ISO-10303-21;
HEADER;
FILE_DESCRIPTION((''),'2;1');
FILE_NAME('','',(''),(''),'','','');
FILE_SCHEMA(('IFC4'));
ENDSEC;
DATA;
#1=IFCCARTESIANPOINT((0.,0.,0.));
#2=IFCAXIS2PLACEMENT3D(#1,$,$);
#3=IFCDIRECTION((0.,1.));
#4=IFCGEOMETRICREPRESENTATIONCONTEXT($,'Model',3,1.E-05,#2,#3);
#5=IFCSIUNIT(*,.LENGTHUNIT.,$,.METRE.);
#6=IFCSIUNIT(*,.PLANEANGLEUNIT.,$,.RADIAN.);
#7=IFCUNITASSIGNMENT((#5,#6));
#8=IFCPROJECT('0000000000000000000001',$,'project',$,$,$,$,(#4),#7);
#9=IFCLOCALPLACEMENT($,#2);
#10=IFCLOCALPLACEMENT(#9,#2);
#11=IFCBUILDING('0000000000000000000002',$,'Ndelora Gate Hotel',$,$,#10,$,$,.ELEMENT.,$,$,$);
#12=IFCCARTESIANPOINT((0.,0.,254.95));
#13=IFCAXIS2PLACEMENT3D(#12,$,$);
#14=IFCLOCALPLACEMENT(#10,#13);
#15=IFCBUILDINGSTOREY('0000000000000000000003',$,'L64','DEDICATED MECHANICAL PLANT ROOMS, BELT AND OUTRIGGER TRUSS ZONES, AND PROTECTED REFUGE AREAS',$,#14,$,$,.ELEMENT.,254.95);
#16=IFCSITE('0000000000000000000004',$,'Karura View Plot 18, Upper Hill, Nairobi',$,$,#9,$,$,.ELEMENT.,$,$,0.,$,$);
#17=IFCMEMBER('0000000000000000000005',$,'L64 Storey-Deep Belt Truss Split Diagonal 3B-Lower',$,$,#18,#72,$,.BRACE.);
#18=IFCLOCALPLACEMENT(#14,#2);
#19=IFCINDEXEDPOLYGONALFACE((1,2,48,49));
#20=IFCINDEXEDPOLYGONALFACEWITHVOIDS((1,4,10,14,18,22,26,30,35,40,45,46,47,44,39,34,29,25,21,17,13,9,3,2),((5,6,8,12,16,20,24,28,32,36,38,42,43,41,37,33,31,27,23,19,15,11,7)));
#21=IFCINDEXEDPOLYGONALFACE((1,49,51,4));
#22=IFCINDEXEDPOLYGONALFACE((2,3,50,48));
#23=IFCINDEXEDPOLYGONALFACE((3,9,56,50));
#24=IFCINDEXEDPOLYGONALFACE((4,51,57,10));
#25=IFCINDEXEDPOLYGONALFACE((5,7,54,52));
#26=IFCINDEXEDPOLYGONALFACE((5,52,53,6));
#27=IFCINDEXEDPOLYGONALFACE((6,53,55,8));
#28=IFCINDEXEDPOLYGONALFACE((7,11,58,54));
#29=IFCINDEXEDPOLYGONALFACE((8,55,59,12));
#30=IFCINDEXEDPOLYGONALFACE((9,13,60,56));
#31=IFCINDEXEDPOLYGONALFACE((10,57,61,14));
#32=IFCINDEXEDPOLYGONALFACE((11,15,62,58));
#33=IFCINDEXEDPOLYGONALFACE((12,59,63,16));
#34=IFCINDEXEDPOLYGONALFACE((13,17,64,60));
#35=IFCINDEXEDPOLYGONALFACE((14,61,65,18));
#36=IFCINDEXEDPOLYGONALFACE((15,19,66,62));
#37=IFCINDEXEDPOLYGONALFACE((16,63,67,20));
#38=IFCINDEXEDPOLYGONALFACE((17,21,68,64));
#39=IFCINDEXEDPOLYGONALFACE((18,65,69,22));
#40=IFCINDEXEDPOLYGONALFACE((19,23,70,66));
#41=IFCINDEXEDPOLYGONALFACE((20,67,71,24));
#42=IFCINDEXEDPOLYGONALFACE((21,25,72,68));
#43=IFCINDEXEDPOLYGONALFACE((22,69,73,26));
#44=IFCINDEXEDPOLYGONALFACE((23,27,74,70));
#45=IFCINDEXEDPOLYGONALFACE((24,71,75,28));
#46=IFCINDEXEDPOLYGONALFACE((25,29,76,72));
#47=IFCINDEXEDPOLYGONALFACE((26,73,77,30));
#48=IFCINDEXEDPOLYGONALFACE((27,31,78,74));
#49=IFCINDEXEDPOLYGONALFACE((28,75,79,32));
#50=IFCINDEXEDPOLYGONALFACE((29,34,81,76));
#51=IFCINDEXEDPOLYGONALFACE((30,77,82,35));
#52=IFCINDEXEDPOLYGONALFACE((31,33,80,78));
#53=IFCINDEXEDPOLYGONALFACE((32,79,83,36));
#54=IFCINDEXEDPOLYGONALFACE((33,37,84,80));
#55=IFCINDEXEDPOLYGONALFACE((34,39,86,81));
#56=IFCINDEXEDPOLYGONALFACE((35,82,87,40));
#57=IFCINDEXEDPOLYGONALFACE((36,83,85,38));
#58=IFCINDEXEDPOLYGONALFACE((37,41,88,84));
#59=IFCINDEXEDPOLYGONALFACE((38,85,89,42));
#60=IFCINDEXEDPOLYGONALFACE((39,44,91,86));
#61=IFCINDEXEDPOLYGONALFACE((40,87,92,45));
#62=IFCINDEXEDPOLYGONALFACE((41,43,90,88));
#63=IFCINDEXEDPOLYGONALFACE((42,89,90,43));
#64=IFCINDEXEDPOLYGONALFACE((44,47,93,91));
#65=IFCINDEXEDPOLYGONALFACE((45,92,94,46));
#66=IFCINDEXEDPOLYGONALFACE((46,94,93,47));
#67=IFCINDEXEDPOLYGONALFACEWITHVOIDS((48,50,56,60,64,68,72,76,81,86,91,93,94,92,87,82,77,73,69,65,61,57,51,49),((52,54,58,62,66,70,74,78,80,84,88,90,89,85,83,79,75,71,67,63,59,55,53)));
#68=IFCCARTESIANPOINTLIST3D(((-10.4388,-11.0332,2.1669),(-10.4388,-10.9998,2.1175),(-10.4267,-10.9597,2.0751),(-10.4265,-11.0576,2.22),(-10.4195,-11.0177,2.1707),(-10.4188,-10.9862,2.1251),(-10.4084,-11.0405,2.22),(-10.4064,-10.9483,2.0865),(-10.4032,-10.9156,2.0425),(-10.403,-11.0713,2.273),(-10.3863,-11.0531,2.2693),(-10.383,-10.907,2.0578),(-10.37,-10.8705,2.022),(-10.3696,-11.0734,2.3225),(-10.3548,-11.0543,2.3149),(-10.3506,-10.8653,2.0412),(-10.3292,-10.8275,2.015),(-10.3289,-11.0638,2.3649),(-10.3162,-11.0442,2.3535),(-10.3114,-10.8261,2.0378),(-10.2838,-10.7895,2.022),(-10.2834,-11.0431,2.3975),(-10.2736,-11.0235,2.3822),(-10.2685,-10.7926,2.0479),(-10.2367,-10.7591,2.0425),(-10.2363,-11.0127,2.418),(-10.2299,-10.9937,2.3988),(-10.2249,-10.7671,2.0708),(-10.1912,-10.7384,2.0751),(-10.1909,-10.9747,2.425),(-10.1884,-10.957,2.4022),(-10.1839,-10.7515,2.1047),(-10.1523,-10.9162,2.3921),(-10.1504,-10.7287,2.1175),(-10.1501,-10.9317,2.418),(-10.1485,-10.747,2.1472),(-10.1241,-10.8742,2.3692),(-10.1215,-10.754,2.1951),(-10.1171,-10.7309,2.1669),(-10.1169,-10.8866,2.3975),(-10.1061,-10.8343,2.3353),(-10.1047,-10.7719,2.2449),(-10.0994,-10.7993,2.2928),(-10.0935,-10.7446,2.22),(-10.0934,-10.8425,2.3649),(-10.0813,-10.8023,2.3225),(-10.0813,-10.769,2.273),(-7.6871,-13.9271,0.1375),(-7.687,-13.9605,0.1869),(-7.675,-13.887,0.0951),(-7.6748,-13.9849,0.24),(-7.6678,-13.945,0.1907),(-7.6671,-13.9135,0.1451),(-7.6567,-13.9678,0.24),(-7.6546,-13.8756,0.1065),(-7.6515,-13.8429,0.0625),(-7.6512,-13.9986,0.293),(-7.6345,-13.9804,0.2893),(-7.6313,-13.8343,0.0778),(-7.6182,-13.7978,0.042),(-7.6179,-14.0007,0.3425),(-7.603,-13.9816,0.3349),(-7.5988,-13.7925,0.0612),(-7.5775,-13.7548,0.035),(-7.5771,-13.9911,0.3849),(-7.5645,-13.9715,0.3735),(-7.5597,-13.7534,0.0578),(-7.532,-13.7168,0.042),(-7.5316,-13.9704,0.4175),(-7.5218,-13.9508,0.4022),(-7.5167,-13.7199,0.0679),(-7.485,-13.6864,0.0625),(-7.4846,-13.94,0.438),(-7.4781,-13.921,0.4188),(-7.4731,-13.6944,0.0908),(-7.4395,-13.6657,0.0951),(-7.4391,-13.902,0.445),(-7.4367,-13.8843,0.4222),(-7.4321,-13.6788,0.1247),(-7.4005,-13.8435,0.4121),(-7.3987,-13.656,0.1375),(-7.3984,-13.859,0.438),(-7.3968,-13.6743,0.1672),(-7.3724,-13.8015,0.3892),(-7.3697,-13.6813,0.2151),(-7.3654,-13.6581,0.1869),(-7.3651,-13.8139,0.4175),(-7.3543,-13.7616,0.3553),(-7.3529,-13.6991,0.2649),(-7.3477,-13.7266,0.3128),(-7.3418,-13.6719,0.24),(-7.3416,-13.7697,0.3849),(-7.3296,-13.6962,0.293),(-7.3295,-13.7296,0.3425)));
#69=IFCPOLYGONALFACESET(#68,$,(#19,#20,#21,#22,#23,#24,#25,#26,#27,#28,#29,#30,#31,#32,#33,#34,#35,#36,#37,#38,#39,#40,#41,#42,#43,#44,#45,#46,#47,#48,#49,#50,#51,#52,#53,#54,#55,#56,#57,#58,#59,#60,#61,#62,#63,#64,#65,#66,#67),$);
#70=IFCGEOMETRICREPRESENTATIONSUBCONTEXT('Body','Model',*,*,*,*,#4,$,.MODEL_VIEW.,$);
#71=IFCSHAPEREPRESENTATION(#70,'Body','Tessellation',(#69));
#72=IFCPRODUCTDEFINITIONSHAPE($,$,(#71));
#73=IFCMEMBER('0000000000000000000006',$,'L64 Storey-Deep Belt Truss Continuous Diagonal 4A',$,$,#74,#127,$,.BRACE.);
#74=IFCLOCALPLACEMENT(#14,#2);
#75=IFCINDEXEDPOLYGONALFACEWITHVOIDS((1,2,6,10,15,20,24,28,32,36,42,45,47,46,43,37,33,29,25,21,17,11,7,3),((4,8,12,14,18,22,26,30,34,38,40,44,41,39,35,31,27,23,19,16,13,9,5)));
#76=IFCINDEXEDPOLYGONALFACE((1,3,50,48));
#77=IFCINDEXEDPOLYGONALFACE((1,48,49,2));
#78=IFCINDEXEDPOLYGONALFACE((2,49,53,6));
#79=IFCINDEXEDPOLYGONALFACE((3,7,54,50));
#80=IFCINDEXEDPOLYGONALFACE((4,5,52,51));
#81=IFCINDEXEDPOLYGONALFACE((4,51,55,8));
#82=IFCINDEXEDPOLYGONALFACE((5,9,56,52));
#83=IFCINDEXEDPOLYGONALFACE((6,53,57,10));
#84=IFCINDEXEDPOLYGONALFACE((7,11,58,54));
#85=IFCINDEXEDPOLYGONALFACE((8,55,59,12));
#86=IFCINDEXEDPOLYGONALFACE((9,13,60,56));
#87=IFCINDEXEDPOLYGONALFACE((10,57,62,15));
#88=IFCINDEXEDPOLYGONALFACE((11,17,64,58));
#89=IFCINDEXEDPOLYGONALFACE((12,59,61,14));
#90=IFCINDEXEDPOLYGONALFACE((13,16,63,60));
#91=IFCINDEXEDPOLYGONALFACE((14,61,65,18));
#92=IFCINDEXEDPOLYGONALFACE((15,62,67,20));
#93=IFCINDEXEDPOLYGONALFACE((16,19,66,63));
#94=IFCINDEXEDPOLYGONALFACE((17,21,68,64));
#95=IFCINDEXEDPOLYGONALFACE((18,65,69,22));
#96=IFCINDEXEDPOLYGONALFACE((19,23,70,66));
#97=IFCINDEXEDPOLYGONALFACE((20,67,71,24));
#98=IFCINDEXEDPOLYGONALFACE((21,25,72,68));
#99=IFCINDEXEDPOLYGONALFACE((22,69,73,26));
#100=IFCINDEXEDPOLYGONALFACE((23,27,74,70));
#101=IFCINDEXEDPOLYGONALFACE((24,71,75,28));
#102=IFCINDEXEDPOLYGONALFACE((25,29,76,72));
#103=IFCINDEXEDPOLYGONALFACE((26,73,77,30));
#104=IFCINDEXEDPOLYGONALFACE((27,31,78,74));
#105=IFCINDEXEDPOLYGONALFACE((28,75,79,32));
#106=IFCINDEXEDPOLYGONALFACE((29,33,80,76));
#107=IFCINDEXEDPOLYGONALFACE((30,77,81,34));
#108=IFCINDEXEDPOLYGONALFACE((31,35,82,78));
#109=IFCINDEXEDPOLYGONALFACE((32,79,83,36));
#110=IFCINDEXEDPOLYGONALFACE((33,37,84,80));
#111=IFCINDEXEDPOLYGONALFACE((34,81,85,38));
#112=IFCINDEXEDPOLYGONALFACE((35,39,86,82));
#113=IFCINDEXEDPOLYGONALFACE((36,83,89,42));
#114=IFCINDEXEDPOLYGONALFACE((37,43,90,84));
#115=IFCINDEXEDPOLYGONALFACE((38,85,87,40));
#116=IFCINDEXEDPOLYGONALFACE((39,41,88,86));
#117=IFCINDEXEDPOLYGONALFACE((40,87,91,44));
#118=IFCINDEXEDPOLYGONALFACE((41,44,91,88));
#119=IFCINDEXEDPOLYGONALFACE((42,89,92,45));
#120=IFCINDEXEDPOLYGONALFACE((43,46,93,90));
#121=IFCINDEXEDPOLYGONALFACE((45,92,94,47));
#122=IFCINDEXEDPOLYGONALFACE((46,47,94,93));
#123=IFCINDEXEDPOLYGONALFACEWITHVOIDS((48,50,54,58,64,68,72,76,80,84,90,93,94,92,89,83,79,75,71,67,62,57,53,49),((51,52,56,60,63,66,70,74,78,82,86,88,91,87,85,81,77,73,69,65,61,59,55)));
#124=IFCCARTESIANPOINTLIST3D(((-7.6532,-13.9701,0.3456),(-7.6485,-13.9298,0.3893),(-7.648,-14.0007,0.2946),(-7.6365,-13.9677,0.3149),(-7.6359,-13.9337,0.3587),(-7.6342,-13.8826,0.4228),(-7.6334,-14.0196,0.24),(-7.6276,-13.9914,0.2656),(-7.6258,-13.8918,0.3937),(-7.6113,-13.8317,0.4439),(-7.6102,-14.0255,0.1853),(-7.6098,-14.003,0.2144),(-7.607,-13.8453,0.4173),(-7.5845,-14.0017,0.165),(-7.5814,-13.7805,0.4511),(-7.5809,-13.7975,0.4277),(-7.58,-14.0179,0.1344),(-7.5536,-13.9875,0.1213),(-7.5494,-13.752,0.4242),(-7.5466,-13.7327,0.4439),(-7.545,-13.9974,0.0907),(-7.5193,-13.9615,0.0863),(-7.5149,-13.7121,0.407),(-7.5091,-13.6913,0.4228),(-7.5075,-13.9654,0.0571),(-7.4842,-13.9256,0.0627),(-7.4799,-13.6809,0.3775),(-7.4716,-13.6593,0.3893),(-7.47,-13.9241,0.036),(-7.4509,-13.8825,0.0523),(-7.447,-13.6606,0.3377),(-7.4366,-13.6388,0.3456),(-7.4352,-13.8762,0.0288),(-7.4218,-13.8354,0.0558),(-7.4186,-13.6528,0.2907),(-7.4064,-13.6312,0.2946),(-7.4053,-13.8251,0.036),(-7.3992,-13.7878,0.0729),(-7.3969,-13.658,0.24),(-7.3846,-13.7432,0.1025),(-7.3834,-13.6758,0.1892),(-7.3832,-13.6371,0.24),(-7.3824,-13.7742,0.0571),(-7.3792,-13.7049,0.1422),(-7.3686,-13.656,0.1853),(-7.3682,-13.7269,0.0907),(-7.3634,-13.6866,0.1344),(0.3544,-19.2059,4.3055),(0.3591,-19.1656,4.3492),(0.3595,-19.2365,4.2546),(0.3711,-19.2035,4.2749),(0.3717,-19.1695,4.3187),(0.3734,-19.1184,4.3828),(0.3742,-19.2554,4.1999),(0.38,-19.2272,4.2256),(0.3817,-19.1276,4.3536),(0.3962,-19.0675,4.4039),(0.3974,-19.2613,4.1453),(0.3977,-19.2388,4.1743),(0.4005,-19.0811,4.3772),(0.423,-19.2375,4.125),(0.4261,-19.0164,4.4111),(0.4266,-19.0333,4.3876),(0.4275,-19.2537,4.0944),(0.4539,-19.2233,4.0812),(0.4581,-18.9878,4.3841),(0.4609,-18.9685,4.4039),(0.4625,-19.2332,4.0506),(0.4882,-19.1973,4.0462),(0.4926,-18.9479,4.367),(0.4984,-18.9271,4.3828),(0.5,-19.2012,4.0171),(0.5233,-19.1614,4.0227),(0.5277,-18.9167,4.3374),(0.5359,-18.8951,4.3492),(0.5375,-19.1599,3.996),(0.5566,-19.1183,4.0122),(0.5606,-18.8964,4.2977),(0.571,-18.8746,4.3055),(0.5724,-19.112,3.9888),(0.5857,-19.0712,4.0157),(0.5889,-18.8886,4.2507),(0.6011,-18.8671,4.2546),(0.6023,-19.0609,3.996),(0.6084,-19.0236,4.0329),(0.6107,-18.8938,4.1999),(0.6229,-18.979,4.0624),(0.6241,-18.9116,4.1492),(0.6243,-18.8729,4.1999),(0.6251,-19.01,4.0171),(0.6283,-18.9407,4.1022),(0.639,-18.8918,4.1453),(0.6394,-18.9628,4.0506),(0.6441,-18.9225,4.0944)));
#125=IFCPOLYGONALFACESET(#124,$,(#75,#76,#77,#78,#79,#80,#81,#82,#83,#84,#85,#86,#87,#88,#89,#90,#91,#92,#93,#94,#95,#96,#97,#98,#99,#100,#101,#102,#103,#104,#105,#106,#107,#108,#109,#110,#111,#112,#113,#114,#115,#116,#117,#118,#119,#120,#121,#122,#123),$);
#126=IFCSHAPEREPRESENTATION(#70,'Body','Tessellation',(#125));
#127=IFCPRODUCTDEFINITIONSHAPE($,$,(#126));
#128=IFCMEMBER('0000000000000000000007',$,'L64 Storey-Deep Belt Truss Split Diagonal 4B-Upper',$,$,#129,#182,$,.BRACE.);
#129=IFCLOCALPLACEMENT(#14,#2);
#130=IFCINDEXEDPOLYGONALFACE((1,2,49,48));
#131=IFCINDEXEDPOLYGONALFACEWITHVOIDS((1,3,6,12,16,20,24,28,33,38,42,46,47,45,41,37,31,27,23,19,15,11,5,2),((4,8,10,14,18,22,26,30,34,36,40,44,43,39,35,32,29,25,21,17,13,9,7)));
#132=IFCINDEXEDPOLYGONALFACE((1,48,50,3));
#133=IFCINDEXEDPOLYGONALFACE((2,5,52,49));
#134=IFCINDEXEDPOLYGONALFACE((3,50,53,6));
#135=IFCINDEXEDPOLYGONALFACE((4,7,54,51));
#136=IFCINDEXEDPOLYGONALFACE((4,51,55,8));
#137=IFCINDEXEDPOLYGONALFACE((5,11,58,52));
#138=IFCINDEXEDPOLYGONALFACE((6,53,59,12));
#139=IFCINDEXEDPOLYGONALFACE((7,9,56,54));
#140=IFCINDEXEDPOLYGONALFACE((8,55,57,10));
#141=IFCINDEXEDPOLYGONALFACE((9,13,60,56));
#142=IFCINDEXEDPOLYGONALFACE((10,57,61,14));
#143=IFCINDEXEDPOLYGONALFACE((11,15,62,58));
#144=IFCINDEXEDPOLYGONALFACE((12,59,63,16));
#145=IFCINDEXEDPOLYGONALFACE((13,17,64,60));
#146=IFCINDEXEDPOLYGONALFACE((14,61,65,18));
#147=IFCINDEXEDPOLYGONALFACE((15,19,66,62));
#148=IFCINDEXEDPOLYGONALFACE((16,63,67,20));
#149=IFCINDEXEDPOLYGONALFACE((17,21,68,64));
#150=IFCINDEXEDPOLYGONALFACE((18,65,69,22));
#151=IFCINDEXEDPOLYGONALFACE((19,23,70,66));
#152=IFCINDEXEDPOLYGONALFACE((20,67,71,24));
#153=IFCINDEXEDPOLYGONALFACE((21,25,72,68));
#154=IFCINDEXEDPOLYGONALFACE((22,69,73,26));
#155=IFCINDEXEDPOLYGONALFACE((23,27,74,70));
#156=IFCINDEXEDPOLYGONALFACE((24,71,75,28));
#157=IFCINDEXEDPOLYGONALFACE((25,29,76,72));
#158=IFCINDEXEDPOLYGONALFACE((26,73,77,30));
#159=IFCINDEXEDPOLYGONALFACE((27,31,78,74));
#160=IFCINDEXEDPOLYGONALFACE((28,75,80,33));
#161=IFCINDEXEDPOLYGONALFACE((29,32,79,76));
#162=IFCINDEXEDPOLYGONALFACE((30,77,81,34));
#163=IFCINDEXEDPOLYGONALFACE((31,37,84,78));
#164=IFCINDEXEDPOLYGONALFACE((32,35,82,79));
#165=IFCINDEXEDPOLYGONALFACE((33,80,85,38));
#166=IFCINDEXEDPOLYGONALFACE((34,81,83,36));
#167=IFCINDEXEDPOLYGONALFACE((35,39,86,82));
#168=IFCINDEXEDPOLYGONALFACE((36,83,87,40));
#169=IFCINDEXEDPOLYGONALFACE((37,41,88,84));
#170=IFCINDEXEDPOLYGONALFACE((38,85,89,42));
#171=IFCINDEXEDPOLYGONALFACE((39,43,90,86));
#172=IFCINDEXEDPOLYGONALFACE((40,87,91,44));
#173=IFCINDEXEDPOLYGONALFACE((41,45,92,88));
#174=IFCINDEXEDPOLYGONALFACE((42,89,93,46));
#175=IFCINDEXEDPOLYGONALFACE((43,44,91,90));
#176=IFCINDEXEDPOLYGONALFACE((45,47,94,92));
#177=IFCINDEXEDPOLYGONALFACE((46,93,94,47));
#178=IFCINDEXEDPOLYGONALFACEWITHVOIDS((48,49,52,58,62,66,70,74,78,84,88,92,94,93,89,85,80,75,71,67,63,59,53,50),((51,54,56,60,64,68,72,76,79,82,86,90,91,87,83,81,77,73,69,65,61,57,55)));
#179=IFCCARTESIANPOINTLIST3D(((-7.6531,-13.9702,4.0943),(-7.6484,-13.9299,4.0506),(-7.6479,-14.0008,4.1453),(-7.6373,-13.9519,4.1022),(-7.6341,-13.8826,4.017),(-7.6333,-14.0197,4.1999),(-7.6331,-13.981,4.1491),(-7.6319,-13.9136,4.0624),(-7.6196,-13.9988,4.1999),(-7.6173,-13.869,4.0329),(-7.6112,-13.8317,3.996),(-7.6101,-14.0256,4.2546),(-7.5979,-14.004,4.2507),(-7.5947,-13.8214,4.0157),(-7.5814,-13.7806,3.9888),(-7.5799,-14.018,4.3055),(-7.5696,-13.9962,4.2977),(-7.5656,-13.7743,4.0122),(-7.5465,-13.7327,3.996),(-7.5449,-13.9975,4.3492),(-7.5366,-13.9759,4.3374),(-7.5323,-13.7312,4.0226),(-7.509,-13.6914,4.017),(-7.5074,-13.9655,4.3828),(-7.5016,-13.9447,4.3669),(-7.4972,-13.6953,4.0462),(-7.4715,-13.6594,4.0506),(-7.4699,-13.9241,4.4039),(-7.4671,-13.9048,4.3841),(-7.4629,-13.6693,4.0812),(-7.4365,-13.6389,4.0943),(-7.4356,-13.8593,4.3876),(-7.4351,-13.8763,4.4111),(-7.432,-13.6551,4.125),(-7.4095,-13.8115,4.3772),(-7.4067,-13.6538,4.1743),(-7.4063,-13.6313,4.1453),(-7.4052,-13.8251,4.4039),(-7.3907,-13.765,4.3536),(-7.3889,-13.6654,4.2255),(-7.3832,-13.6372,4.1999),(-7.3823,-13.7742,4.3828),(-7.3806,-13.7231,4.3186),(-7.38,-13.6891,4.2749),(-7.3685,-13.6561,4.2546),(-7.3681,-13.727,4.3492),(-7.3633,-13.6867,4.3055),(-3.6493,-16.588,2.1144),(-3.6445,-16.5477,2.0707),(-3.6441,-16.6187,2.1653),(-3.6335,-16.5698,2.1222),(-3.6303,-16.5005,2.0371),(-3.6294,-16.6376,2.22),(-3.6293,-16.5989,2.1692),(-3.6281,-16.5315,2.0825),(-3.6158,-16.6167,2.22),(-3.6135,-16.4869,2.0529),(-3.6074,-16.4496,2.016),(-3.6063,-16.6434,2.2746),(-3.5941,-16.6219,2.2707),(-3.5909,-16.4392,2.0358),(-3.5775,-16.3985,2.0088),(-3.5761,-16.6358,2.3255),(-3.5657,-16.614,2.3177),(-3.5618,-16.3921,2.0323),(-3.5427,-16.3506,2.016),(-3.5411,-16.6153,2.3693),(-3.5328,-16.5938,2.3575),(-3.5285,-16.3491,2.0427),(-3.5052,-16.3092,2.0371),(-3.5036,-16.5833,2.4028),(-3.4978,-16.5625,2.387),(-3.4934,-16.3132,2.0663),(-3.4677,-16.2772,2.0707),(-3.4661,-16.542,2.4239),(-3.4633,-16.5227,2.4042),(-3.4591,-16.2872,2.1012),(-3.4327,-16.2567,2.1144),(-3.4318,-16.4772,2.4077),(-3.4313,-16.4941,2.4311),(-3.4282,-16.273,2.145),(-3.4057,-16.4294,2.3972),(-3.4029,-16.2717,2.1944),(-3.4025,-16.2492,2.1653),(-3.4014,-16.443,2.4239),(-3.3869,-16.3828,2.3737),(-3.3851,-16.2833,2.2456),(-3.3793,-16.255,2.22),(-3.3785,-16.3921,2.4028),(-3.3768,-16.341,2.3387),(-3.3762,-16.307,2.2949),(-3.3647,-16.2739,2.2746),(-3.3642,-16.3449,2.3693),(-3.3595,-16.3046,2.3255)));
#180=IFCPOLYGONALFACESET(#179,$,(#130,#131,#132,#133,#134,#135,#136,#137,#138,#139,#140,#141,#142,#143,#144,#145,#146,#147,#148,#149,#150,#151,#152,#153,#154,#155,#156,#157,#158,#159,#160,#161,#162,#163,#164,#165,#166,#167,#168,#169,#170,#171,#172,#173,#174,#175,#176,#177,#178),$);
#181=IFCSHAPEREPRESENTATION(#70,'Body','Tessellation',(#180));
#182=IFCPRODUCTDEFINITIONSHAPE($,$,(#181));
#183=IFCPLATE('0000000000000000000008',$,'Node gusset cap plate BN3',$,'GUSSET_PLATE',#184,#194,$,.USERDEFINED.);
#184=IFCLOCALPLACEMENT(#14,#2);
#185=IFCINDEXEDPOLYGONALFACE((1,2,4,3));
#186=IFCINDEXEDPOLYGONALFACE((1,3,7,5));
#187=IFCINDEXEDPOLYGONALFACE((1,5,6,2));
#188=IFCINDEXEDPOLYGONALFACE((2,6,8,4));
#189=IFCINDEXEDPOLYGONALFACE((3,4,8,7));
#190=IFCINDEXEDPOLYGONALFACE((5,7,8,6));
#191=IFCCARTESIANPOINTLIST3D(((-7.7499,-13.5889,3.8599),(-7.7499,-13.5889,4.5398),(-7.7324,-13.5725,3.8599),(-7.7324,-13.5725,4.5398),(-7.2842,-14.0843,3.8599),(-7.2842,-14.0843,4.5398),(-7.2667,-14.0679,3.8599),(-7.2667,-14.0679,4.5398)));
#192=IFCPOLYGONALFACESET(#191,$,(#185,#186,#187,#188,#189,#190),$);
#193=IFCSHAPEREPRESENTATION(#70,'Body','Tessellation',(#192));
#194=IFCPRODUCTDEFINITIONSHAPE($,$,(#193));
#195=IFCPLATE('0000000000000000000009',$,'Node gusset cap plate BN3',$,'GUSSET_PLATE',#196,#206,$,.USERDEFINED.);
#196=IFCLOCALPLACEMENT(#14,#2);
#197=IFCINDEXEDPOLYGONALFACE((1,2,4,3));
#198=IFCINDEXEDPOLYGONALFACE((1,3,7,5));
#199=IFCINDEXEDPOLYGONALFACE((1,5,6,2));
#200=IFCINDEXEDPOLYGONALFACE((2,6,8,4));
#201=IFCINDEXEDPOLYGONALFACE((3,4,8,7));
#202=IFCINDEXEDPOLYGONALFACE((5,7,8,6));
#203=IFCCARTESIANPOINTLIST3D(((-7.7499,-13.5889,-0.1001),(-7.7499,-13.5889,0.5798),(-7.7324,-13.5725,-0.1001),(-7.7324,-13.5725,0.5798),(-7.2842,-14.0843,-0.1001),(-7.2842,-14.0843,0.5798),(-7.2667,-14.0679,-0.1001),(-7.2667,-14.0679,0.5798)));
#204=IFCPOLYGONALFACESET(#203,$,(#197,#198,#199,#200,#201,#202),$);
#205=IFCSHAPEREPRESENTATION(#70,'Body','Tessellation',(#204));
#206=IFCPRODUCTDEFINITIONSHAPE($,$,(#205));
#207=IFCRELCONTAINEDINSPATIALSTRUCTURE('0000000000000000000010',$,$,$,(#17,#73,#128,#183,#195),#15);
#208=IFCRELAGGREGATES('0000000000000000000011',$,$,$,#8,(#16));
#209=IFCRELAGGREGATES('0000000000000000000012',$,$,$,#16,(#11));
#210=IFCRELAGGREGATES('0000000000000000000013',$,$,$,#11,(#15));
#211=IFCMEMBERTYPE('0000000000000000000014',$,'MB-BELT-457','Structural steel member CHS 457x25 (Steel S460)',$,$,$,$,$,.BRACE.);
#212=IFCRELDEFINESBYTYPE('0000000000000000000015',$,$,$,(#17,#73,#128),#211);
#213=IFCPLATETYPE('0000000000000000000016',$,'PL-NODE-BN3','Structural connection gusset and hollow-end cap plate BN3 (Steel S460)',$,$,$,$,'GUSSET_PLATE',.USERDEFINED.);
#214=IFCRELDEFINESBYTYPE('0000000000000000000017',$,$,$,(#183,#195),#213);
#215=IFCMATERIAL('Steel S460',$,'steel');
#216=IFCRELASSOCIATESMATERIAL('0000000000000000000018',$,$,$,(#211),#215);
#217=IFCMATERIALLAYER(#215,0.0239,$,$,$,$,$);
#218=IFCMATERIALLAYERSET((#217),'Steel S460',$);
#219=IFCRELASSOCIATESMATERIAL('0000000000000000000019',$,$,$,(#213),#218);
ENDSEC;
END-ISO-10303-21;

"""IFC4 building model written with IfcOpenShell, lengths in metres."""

from ifc_helpers import new_model, si_unit, direction, frame, origin, origin_2d, place, context, subcontext, project, spatial, rectangle, hollow_circle, extrude, material, layer, layer_set, material_profile, profile_set, type_object, element, save


model = new_model("IFC4")

# Units and contexts
model_context = context("Model", 3, precision=1e-05, world=origin(), true_north=direction((0.0, 1.0)))
body_context = subcontext(model_context, "Body", "Model", "MODEL_VIEW")
ifc_project = project(units=[si_unit("LENGTHUNIT", "METRE"), si_unit("PLANEANGLEUNIT", "RADIAN")], contexts=[model_context])

# Site, building, storey
site_placement = place(None, origin())
site = spatial("IfcSite", under=ifc_project, at=site_placement, Name="Karura View Plot 18, Upper Hill, Nairobi", CompositionType="ELEMENT", RefElevation=0.0)
building_placement = place(site_placement, origin())
building = spatial("IfcBuilding", under=site, at=building_placement, Name="Ndelora Gate Hotel", CompositionType="ELEMENT")
storey_placement = place(building_placement, frame((0.0, 0.0, 254.95)))
storey = spatial("IfcBuildingStorey", under=building, at=storey_placement, Name="L64", Description="DEDICATED MECHANICAL PLANT ROOMS, BELT AND OUTRIGGER TRUSS ZONES, AND PROTECTED REFUGE AREAS", CompositionType="ELEMENT", Elevation=254.95)

# Shared definitions
ifc_material_1 = material(Name="Steel S460", Category="steel")

# Members
ifc_material_profile_1 = material_profile(ifc_material_1, hollow_circle(Radius=0.2285, WallThickness=0.0249, at=origin_2d()), Name="CHS 457x25")
ifc_profile_set_1 = profile_set([ifc_material_profile_1], Name="Steel S460")
member_type = type_object("IfcMemberType", Name="MB-BELT-457", Description="Structural steel member CHS 457x25 (Steel S460)", PredefinedType="BRACE", material=ifc_profile_set_1)
member_1_placement = place(storey_placement, frame((-7.5083, -13.8284, 0.24), z_axis=(-0.614365, 0.653556, 0.442064), x_axis=(-0.728616, -0.684923, 0.0)))
element("IfcMember", 1, at=member_1_placement, inside=storey, type_object=member_type, Name="L64 Storey-Deep Belt Truss Split Diagonal 3B-Lower", PredefinedType="BRACE", context=body_context, shape_type="SweptSolid", body=[
    extrude(hollow_circle(Radius=0.2285, WallThickness=0.0249, at=origin_2d()), origin(), (0.0, 0.0, 1.0), 4.479),
])
member_2_placement = place(storey_placement, frame((-7.5083, -13.8284, 0.24), z_axis=(0.773339, -0.505657, 0.382437), x_axis=(0.547258, 0.836964, 0.0)))
element("IfcMember", 2, at=member_2_placement, inside=storey, type_object=member_type, Name="L64 Storey-Deep Belt Truss Continuous Diagonal 4A", PredefinedType="BRACE", context=body_context, shape_type="SweptSolid", body=[
    extrude(hollow_circle(Radius=0.2285, WallThickness=0.0249, at=origin_2d()), origin(), (0.0, 0.0, 1.0), 10.3545),
])
member_3_placement = place(storey_placement, frame((-3.5044, -16.4463, 2.22), z_axis=(-0.773348, 0.505647, 0.38243), x_axis=(-0.547247, -0.836971, 0.0)))
element("IfcMember", 3, at=member_3_placement, inside=storey, type_object=member_type, Name="L64 Storey-Deep Belt Truss Split Diagonal 4B-Upper", PredefinedType="BRACE", context=body_context, shape_type="SweptSolid", body=[
    extrude(hollow_circle(Radius=0.2285, WallThickness=0.0249, at=origin_2d()), origin(), (0.0, 0.0, 1.0), 5.1772),
])

# Plates
ifc_layer_1 = layer(ifc_material_1, 0.0239)
ifc_layer_set_1 = layer_set([ifc_layer_1], Name="Steel S460")
plate_type_1 = type_object("IfcPlateType", Name="PL-NODE-BN3", Description="Structural connection gusset and hollow-end cap plate BN3 (Steel S460)", ElementType="GUSSET_PLATE", PredefinedType="USERDEFINED", material=ifc_layer_set_1)
for number, where, z_axis, x_axis, name in (
    (4, (-7.5083, -13.8284, 3.8599), (0.0, 0.0, 1.0), (-0.684929, 0.72861, 0.0), "Node gusset cap plate BN3"),
    (5, (-7.5083, -13.8284, -0.1001), (0.0, 0.0, 1.0), (-0.684929, 0.72861, 0.0), "Node gusset cap plate BN3"),
):
    element("IfcPlate", number, at=place(storey_placement, frame(where, z_axis=z_axis, x_axis=x_axis)), inside=storey, type_object=plate_type_1, Name=name, ObjectType="GUSSET_PLATE", PredefinedType="USERDEFINED", context=body_context, shape_type="SweptSolid", body=[
        extrude(rectangle(XDim=0.6799, YDim=0.0239, at=origin_2d()), origin(), (0.0, 0.0, 1.0), 0.6799),
    ])

save(model, "model.ifc")
